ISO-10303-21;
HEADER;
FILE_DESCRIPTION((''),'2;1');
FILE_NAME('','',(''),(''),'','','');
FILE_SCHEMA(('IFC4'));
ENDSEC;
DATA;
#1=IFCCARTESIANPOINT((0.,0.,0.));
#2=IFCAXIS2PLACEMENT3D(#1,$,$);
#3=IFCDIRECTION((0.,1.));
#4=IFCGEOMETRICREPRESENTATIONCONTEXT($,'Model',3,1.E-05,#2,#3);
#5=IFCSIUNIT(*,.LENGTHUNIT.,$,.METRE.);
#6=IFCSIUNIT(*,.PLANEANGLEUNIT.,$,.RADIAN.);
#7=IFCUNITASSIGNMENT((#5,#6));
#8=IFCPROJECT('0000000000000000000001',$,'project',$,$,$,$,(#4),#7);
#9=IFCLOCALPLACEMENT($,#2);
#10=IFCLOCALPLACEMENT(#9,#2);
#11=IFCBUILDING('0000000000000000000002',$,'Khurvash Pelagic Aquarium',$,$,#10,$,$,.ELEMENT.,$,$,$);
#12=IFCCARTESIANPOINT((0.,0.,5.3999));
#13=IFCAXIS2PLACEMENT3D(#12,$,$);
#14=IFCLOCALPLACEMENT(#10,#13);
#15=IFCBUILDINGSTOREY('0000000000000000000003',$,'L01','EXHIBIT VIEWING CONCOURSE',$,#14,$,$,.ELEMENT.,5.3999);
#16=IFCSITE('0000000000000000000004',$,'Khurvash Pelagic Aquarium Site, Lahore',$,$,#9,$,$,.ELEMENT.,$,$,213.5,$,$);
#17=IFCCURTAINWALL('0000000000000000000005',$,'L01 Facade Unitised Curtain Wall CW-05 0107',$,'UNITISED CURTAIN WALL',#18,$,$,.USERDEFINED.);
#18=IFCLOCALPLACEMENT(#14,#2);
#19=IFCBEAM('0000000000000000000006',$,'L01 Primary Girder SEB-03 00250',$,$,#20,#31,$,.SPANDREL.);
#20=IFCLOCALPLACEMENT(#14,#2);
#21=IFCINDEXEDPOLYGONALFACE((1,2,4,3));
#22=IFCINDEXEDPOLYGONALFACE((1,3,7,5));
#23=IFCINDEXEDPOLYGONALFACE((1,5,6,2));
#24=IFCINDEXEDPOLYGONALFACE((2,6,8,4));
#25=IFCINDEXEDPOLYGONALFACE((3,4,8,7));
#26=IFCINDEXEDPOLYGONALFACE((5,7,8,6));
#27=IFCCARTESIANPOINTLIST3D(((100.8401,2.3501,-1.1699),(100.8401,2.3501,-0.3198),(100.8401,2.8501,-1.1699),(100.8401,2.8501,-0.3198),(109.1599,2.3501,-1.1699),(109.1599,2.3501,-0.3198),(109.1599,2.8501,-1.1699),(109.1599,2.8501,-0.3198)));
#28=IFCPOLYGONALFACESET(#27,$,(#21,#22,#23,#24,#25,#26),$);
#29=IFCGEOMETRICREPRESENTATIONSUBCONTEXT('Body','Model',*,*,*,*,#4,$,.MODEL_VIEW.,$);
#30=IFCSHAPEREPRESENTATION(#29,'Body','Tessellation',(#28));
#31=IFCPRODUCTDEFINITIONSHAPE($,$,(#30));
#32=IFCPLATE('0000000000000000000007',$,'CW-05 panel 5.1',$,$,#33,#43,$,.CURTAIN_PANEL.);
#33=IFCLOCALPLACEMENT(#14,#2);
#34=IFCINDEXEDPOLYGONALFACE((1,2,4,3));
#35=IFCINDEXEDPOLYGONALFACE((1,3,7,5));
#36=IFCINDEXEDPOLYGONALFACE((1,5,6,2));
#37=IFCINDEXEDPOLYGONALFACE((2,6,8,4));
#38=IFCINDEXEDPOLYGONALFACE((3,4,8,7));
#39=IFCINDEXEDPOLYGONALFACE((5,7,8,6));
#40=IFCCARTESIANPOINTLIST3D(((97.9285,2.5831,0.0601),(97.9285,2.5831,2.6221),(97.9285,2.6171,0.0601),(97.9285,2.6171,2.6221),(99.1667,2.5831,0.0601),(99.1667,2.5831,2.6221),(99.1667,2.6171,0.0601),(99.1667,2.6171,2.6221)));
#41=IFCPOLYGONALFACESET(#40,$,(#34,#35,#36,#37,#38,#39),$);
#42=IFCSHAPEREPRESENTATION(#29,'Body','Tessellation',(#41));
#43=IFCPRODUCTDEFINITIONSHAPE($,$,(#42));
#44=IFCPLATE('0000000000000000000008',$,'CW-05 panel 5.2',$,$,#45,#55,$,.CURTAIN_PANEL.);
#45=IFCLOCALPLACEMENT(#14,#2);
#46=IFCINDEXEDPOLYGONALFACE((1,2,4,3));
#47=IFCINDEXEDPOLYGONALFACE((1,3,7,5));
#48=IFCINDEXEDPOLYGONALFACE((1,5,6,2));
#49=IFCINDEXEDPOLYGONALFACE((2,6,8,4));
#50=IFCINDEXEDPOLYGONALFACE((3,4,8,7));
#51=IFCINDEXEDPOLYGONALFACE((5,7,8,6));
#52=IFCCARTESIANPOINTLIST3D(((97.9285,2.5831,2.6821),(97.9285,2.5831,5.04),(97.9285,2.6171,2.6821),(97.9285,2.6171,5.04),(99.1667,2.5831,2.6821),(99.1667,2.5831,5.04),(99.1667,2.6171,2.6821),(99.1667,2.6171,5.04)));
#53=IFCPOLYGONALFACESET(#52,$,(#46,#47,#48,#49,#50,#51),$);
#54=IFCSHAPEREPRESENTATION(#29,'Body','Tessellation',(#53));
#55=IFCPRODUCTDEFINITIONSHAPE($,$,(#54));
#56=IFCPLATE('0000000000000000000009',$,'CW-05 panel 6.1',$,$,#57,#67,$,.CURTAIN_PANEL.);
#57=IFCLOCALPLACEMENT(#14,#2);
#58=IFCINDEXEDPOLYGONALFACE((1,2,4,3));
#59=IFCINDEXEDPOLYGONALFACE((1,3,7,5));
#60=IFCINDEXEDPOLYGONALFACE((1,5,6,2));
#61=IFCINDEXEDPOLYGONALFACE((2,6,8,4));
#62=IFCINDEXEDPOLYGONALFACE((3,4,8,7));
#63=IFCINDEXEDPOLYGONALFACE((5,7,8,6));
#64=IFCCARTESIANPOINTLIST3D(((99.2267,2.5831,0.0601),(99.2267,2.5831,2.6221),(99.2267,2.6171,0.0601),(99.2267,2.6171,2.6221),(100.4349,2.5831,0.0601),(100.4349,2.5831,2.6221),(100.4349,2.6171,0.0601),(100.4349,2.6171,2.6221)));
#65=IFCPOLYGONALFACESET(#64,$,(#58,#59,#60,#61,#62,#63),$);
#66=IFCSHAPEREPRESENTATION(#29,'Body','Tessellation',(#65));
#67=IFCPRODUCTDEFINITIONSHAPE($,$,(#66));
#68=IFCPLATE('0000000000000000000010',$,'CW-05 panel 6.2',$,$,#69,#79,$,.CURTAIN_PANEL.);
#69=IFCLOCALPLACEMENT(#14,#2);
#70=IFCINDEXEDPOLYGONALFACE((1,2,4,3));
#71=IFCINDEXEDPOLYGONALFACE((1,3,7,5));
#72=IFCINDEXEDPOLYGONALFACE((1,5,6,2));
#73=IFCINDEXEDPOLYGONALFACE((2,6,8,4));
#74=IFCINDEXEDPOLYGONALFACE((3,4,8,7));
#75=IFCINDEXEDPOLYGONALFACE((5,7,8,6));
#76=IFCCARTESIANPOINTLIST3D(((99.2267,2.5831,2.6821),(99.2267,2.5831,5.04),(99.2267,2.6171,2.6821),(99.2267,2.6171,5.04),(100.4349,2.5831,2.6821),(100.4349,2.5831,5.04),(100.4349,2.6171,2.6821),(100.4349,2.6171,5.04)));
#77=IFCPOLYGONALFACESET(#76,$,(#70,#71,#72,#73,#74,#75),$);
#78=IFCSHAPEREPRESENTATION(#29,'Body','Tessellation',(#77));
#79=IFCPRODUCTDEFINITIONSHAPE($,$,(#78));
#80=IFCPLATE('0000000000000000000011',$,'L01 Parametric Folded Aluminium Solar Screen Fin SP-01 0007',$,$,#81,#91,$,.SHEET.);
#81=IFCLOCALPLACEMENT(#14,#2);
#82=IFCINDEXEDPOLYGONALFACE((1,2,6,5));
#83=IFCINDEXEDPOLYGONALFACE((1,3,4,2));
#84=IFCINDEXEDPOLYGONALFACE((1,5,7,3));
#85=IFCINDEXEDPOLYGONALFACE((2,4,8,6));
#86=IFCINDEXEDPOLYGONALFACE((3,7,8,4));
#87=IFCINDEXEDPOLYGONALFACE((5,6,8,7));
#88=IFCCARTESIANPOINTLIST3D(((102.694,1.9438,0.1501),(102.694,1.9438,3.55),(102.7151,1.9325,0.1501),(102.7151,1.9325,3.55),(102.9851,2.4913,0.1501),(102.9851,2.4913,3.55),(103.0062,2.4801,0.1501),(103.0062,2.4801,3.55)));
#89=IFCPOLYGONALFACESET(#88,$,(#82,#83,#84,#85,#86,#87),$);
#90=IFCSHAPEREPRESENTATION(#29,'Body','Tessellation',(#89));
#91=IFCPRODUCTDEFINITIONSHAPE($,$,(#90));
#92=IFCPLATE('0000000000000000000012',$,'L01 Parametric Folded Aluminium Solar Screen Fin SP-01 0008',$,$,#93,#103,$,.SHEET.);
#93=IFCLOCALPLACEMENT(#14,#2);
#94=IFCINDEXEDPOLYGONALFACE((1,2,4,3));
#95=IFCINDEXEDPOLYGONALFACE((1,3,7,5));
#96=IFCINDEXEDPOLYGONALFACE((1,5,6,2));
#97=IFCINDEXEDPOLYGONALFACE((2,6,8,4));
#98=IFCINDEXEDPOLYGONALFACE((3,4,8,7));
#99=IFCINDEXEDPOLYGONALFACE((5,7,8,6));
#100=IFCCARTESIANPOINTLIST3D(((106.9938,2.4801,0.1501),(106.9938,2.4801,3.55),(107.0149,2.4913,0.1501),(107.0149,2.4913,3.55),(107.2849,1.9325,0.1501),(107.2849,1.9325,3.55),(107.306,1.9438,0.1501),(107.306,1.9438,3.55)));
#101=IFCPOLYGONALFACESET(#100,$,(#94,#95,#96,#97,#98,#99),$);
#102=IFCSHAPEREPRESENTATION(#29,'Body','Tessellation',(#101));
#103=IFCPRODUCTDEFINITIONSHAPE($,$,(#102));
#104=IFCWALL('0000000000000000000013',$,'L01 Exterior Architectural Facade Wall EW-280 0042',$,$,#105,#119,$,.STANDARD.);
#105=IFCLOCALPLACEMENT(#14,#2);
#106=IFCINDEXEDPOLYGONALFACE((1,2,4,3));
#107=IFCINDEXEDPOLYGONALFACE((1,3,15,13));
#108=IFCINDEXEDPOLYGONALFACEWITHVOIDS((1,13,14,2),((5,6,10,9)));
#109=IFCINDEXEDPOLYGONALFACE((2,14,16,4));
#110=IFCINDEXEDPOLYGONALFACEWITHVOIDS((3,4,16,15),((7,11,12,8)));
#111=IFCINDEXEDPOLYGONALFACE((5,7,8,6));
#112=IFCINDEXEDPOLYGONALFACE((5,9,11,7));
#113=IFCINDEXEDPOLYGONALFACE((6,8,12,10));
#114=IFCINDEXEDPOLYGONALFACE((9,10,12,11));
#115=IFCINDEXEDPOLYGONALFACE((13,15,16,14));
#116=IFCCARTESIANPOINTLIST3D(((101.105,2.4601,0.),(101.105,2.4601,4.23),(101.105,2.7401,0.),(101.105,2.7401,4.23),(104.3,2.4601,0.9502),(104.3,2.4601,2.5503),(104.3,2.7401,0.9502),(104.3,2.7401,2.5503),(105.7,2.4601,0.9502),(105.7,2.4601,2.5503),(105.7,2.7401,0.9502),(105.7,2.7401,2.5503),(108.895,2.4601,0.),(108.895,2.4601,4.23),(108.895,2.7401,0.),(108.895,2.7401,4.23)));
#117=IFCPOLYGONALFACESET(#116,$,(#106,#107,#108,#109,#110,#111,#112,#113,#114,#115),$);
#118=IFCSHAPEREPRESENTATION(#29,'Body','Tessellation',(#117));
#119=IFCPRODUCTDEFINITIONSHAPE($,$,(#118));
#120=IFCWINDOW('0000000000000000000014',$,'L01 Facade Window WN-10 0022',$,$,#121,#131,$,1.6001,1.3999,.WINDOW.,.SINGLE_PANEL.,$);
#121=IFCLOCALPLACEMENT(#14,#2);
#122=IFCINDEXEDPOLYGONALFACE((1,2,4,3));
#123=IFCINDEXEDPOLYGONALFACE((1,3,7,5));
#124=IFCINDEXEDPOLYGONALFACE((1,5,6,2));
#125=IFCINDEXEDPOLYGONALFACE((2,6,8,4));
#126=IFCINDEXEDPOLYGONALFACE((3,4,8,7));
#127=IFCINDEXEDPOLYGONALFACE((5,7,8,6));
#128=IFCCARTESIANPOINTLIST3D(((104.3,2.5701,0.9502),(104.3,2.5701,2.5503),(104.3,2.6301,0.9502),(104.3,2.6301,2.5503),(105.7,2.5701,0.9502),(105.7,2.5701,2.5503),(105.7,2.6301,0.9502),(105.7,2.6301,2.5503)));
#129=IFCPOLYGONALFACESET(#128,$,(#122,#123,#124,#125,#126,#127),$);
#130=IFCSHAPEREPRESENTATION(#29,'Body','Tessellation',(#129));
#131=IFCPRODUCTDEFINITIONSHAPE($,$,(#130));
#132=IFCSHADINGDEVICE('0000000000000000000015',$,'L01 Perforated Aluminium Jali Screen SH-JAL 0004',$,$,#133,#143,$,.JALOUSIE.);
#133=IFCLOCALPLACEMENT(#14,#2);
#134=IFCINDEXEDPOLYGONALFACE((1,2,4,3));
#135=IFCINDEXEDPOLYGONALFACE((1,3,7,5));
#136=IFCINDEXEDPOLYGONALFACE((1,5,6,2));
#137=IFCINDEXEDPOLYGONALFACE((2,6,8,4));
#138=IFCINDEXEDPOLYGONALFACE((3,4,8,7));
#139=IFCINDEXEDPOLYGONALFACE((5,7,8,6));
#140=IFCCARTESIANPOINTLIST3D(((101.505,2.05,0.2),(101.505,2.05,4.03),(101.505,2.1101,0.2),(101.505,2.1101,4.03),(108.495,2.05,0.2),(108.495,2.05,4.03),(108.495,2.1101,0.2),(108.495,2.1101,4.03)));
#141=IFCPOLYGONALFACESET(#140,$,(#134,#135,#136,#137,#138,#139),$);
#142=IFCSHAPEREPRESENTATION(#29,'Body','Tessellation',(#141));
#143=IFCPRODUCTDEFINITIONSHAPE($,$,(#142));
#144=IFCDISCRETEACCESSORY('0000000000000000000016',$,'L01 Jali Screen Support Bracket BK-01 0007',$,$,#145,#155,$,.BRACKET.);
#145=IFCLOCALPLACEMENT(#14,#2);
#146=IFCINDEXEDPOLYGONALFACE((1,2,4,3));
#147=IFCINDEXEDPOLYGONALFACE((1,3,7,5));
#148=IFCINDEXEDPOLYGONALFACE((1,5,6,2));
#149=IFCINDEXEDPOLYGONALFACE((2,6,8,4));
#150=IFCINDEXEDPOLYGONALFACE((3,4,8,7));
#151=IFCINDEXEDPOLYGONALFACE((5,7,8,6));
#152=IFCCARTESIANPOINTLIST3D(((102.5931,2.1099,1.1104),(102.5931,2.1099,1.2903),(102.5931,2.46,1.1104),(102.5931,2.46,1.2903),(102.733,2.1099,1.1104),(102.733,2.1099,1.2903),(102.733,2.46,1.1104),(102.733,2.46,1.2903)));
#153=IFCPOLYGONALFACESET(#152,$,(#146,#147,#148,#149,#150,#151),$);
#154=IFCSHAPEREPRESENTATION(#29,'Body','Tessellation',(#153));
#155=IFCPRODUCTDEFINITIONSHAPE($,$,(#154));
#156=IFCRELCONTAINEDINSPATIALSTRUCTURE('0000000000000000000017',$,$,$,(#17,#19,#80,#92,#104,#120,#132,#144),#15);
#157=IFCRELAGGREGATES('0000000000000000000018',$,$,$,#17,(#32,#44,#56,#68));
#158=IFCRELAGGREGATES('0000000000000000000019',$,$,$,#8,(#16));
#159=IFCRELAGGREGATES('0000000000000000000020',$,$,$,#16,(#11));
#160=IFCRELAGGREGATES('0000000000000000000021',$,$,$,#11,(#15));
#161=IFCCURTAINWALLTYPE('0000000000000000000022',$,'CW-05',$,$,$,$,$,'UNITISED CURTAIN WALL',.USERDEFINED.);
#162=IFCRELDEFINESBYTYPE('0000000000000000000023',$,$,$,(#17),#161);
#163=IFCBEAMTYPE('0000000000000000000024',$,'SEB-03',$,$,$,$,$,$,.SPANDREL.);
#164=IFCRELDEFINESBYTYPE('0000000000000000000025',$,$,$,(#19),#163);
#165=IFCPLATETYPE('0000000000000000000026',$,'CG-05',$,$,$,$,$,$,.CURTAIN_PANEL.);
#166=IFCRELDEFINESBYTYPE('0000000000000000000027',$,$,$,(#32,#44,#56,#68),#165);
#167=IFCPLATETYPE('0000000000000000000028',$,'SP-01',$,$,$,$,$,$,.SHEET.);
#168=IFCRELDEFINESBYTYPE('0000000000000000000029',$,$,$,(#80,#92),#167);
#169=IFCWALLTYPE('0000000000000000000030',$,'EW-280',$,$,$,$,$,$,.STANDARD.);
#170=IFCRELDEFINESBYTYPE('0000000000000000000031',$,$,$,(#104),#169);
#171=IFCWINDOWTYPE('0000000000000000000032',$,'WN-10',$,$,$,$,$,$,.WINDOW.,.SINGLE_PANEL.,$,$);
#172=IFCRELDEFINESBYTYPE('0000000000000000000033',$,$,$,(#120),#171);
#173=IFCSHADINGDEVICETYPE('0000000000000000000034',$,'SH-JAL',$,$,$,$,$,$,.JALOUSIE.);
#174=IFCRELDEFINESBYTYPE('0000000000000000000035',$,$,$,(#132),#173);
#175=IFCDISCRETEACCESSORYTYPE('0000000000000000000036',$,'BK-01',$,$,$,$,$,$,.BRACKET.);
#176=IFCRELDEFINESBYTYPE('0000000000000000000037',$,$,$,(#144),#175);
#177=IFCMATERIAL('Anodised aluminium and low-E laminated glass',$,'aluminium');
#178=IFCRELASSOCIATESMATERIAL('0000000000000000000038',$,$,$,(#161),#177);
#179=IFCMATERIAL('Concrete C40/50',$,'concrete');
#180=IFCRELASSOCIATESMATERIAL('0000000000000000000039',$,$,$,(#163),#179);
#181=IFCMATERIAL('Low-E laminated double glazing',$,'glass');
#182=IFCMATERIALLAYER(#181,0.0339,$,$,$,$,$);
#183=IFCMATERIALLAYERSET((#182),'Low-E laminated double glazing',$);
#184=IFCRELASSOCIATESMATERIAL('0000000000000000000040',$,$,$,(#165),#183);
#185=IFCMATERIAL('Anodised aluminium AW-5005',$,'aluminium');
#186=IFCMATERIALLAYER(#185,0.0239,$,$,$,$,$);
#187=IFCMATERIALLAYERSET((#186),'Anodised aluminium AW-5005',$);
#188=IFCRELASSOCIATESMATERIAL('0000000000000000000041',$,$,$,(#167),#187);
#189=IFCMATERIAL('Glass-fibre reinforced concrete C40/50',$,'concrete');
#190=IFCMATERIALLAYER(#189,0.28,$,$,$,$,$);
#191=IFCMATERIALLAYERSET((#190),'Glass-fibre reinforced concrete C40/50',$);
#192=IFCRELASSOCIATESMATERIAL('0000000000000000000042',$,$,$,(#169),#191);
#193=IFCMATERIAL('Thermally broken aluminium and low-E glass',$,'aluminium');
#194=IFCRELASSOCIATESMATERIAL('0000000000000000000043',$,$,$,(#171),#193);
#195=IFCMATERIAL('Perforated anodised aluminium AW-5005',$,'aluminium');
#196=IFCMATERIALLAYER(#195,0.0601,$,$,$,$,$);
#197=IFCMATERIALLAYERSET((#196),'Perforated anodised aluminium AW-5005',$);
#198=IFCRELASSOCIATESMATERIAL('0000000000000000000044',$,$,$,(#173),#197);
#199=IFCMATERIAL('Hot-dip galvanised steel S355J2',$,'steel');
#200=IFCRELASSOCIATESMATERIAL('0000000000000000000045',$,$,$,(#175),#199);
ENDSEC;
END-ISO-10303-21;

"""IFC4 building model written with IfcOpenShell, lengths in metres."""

from ifc_helpers import new_model, si_unit, direction, frame, frame_2d, origin, origin_2d, place, context, subcontext, project, spatial, rectangle, extrude, material, layer, layer_set, material_profile, profile_set, type_object, element, fill, aggregate, save


model = new_model("IFC4")

# Units and contexts
model_context = context("Model", 3, precision=1e-05, world=origin(), true_north=direction((0.0, 1.0)))
body_context = subcontext(model_context, "Body", "Model", "MODEL_VIEW")
ifc_project = project(units=[si_unit("LENGTHUNIT", "METRE"), si_unit("PLANEANGLEUNIT", "RADIAN")], contexts=[model_context])

# Site, building, storey
site_placement = place(None, origin())
site = spatial("IfcSite", under=ifc_project, at=site_placement, Name="Khurvash Pelagic Aquarium Site, Lahore", CompositionType="ELEMENT", RefElevation=213.5)
building_placement = place(site_placement, origin())
building = spatial("IfcBuilding", under=site, at=building_placement, Name="Khurvash Pelagic Aquarium", CompositionType="ELEMENT")
storey_placement = place(building_placement, frame((0.0, 0.0, 5.3999)))
storey = spatial("IfcBuildingStorey", under=building, at=storey_placement, Name="L01", Description="EXHIBIT VIEWING CONCOURSE", CompositionType="ELEMENT", Elevation=5.3999)

# Shared definitions
ifc_material_1 = material(Name="Concrete C40/50", Category="concrete")

# Curtain wall
ifc_material_2 = material(Name="Anodised aluminium and low-E laminated glass", Category="aluminium")
curtain_wall_type = type_object("IfcCurtainWallType", Name="CW-05", ElementType="UNITISED CURTAIN WALL", PredefinedType="USERDEFINED", material=ifc_material_2)
curtain_wall_placement = place(storey_placement, origin())
curtain_wall = element("IfcCurtainWall", 1, at=curtain_wall_placement, inside=storey, type_object=curtain_wall_type, Name="L01 Facade Unitised Curtain Wall CW-05 0107", ObjectType="UNITISED CURTAIN WALL", PredefinedType="USERDEFINED")

# Beam
ifc_material_profile_1 = material_profile(ifc_material_1, rectangle(XDim=0.5, YDim=0.8501, at=origin_2d()), Name="RC500X850")
ifc_profile_set_1 = profile_set([ifc_material_profile_1], Name="Concrete C40/50")
beam_type_1 = type_object("IfcBeamType", Name="SEB-03", PredefinedType="SPANDREL", material=ifc_profile_set_1)
beam_1_placement = place(storey_placement, frame((100.8401, 2.6001, -0.7449), z_axis=(1.0, 0.0, 0.0), x_axis=(0.0, 1.0, 0.0)))
element("IfcBeam", 2, at=beam_1_placement, inside=storey, type_object=beam_type_1, Name="L01 Primary Girder SEB-03 00250", PredefinedType="SPANDREL", context=body_context, shape_type="SweptSolid", body=[
    extrude(rectangle(XDim=0.5, YDim=0.8501, at=origin_2d()), origin(), (0.0, 0.0, 1.0), 8.3198),
])

# Plates
ifc_material_3 = material(Name="Low-E laminated double glazing", Category="glass")
ifc_layer_1 = layer(ifc_material_3, 0.0339)
ifc_layer_set_1 = layer_set([ifc_layer_1], Name="Low-E laminated double glazing")
plate_type_1 = type_object("IfcPlateType", Name="CG-05", PredefinedType="CURTAIN_PANEL", material=ifc_layer_set_1)
plate_1_placement = place(storey_placement, frame((98.5476, 2.6001, 0.0601), z_axis=(0.0, 0.0, 1.0), x_axis=(1.0, 0.0, 0.0)))
plate_1 = element("IfcPlate", 3, at=plate_1_placement, type_object=plate_type_1, Name="CW-05 panel 5.1", PredefinedType="CURTAIN_PANEL", context=body_context, shape_type="SweptSolid", body=[
    extrude(rectangle(XDim=1.2383, YDim=0.0339, at=origin_2d()), origin(), (0.0, 0.0, 1.0), 2.562),
])
plate_2_placement = place(storey_placement, frame((98.5476, 2.6001, 2.6821), z_axis=(0.0, 0.0, 1.0), x_axis=(1.0, 0.0, 0.0)))
plate_2 = element("IfcPlate", 4, at=plate_2_placement, type_object=plate_type_1, Name="CW-05 panel 5.2", PredefinedType="CURTAIN_PANEL", context=body_context, shape_type="SweptSolid", body=[
    extrude(rectangle(XDim=1.2383, YDim=0.0339, at=origin_2d()), origin(), (0.0, 0.0, 1.0), 2.3579),
])
plate_3_placement = place(storey_placement, frame((99.8308, 2.6001, 0.0601), z_axis=(0.0, 0.0, 1.0), x_axis=(1.0, 0.0, 0.0)))
plate_3 = element("IfcPlate", 5, at=plate_3_placement, type_object=plate_type_1, Name="CW-05 panel 6.1", PredefinedType="CURTAIN_PANEL", context=body_context, shape_type="SweptSolid", body=[
    extrude(rectangle(XDim=1.2083, YDim=0.0339, at=origin_2d()), origin(), (0.0, 0.0, 1.0), 2.562),
])
plate_4_placement = place(storey_placement, frame((99.8308, 2.6001, 2.6821), z_axis=(0.0, 0.0, 1.0), x_axis=(1.0, 0.0, 0.0)))
plate_4 = element("IfcPlate", 6, at=plate_4_placement, type_object=plate_type_1, Name="CW-05 panel 6.2", PredefinedType="CURTAIN_PANEL", context=body_context, shape_type="SweptSolid", body=[
    extrude(rectangle(XDim=1.2083, YDim=0.0339, at=origin_2d()), origin(), (0.0, 0.0, 1.0), 2.3579),
])
aggregate(curtain_wall, [plate_1, plate_2, plate_3, plate_4])

# Plates
ifc_material_4 = material(Name="Anodised aluminium AW-5005", Category="aluminium")
ifc_layer_2 = layer(ifc_material_4, 0.0239)
ifc_layer_set_2 = layer_set([ifc_layer_2], Name="Anodised aluminium AW-5005")
plate_type_2 = type_object("IfcPlateType", Name="SP-01", PredefinedType="SHEET", material=ifc_layer_set_2)
for number, where, z_axis, x_axis, name in (
    (7, (102.8501, 2.2119, 0.1501), (0.0, 0.0, 1.0), (-0.469472, -0.882948, 0.0), "L01 Parametric Folded Aluminium Solar Screen Fin SP-01 0007"),
    (8, (107.1499, 2.2119, 0.1501), (0.0, 0.0, 1.0), (0.469472, -0.882948, 0.0), "L01 Parametric Folded Aluminium Solar Screen Fin SP-01 0008"),
):
    element("IfcPlate", number, at=place(storey_placement, frame(where, z_axis=z_axis, x_axis=x_axis)), inside=storey, type_object=plate_type_2, Name=name, PredefinedType="SHEET", context=body_context, shape_type="SweptSolid", body=[
        extrude(rectangle(XDim=0.6201, YDim=0.0239, at=origin_2d()), origin(), (0.0, 0.0, 1.0), 3.3999),
    ])

# Wall, opening, window
ifc_material_5 = material(Name="Glass-fibre reinforced concrete C40/50", Category="concrete")
ifc_layer_3 = layer(ifc_material_5, 0.28)
ifc_layer_set_3 = layer_set([ifc_layer_3], Name="Glass-fibre reinforced concrete C40/50")
wall_type = type_object("IfcWallType", Name="EW-280", PredefinedType="STANDARD", material=ifc_layer_set_3)
wall_placement = place(storey_placement, frame((101.105, 2.6001, 0.0), z_axis=(0.0, 0.0, 1.0), x_axis=(1.0, 0.0, 0.0)))
wall = element("IfcWall", 9, at=wall_placement, inside=storey, type_object=wall_type, Name="L01 Exterior Architectural Facade Wall EW-280 0042", PredefinedType="STANDARD", context=body_context, shape_type="SweptSolid", body=[
    extrude(rectangle(XDim=7.79, YDim=0.28, at=frame_2d((3.895, 0.0))), origin(), (0.0, 0.0, 1.0), 4.23),
])
opening_placement = place(wall_placement, frame((3.1951, 0.0, 0.9502)))
opening = element("IfcOpeningElement", 10, at=opening_placement, cuts=wall, PredefinedType="OPENING", context=body_context, shape_type="SweptSolid", body=[
    extrude(rectangle(XDim=1.3999, YDim=1.6001, at=frame_2d((0.7, 0.8))), frame((0.0, 0.1499, 0.0), z_axis=(0.0, -1.0, 0.0), x_axis=(1.0, 0.0, 0.0)), (0.0, 0.0, 1.0), 0.3),
])
ifc_material_6 = material(Name="Thermally broken aluminium and low-E glass", Category="aluminium")
window_type = type_object("IfcWindowType", Name="WN-10", PartitioningType="SINGLE_PANEL", PredefinedType="WINDOW", material=ifc_material_6)
window_placement = place(opening_placement, origin())
window = element("IfcWindow", 11, at=window_placement, inside=storey, type_object=window_type, Name="L01 Facade Window WN-10 0022", OverallHeight=1.6001, OverallWidth=1.3999, PartitioningType="SINGLE_PANEL", PredefinedType="WINDOW", context=body_context, shape_type="SweptSolid", body=[
    extrude(rectangle(XDim=1.3999, YDim=1.6001, at=frame_2d((0.7, 0.8))), frame((0.0, 0.03, 0.0), z_axis=(0.0, -1.0, 0.0), x_axis=(1.0, 0.0, 0.0)), (0.0, 0.0, 1.0), 0.0601),
])
fill(opening, window)

# Shading device
ifc_material_7 = material(Name="Perforated anodised aluminium AW-5005", Category="aluminium")
ifc_layer_4 = layer(ifc_material_7, 0.0601)
ifc_layer_set_4 = layer_set([ifc_layer_4], Name="Perforated anodised aluminium AW-5005")
shading_device_type = type_object("IfcShadingDeviceType", Name="SH-JAL", PredefinedType="JALOUSIE", material=ifc_layer_set_4)
shading_device_placement = place(storey_placement, frame((105.0, 2.0801, 0.2), z_axis=(0.0, 0.0, 1.0), x_axis=(1.0, 0.0, 0.0)))
element("IfcShadingDevice", 12, at=shading_device_placement, inside=storey, type_object=shading_device_type, Name="L01 Perforated Aluminium Jali Screen SH-JAL 0004", PredefinedType="JALOUSIE", context=body_context, shape_type="SweptSolid", body=[
    extrude(rectangle(XDim=6.99, YDim=0.0601, at=origin_2d()), origin(), (0.0, 0.0, 1.0), 3.8301),
])

# Discrete accessory
ifc_material_8 = material(Name="Hot-dip galvanised steel S355J2", Category="steel")
discrete_accessory_type = type_object("IfcDiscreteAccessoryType", Name="BK-01", PredefinedType="BRACKET", material=ifc_material_8)
discrete_accessory_placement = place(storey_placement, frame((102.6631, 2.2849, 1.1104), z_axis=(0.0, 0.0, 1.0), x_axis=(1.0, 0.0, 0.0)))
element("IfcDiscreteAccessory", 13, at=discrete_accessory_placement, inside=storey, type_object=discrete_accessory_type, Name="L01 Jali Screen Support Bracket BK-01 0007", PredefinedType="BRACKET", context=body_context, shape_type="SweptSolid", body=[
    extrude(rectangle(XDim=0.1399, YDim=0.3501, at=origin_2d()), origin(), (0.0, 0.0, 1.0), 0.1799),
])

save(model, "model.ifc")
